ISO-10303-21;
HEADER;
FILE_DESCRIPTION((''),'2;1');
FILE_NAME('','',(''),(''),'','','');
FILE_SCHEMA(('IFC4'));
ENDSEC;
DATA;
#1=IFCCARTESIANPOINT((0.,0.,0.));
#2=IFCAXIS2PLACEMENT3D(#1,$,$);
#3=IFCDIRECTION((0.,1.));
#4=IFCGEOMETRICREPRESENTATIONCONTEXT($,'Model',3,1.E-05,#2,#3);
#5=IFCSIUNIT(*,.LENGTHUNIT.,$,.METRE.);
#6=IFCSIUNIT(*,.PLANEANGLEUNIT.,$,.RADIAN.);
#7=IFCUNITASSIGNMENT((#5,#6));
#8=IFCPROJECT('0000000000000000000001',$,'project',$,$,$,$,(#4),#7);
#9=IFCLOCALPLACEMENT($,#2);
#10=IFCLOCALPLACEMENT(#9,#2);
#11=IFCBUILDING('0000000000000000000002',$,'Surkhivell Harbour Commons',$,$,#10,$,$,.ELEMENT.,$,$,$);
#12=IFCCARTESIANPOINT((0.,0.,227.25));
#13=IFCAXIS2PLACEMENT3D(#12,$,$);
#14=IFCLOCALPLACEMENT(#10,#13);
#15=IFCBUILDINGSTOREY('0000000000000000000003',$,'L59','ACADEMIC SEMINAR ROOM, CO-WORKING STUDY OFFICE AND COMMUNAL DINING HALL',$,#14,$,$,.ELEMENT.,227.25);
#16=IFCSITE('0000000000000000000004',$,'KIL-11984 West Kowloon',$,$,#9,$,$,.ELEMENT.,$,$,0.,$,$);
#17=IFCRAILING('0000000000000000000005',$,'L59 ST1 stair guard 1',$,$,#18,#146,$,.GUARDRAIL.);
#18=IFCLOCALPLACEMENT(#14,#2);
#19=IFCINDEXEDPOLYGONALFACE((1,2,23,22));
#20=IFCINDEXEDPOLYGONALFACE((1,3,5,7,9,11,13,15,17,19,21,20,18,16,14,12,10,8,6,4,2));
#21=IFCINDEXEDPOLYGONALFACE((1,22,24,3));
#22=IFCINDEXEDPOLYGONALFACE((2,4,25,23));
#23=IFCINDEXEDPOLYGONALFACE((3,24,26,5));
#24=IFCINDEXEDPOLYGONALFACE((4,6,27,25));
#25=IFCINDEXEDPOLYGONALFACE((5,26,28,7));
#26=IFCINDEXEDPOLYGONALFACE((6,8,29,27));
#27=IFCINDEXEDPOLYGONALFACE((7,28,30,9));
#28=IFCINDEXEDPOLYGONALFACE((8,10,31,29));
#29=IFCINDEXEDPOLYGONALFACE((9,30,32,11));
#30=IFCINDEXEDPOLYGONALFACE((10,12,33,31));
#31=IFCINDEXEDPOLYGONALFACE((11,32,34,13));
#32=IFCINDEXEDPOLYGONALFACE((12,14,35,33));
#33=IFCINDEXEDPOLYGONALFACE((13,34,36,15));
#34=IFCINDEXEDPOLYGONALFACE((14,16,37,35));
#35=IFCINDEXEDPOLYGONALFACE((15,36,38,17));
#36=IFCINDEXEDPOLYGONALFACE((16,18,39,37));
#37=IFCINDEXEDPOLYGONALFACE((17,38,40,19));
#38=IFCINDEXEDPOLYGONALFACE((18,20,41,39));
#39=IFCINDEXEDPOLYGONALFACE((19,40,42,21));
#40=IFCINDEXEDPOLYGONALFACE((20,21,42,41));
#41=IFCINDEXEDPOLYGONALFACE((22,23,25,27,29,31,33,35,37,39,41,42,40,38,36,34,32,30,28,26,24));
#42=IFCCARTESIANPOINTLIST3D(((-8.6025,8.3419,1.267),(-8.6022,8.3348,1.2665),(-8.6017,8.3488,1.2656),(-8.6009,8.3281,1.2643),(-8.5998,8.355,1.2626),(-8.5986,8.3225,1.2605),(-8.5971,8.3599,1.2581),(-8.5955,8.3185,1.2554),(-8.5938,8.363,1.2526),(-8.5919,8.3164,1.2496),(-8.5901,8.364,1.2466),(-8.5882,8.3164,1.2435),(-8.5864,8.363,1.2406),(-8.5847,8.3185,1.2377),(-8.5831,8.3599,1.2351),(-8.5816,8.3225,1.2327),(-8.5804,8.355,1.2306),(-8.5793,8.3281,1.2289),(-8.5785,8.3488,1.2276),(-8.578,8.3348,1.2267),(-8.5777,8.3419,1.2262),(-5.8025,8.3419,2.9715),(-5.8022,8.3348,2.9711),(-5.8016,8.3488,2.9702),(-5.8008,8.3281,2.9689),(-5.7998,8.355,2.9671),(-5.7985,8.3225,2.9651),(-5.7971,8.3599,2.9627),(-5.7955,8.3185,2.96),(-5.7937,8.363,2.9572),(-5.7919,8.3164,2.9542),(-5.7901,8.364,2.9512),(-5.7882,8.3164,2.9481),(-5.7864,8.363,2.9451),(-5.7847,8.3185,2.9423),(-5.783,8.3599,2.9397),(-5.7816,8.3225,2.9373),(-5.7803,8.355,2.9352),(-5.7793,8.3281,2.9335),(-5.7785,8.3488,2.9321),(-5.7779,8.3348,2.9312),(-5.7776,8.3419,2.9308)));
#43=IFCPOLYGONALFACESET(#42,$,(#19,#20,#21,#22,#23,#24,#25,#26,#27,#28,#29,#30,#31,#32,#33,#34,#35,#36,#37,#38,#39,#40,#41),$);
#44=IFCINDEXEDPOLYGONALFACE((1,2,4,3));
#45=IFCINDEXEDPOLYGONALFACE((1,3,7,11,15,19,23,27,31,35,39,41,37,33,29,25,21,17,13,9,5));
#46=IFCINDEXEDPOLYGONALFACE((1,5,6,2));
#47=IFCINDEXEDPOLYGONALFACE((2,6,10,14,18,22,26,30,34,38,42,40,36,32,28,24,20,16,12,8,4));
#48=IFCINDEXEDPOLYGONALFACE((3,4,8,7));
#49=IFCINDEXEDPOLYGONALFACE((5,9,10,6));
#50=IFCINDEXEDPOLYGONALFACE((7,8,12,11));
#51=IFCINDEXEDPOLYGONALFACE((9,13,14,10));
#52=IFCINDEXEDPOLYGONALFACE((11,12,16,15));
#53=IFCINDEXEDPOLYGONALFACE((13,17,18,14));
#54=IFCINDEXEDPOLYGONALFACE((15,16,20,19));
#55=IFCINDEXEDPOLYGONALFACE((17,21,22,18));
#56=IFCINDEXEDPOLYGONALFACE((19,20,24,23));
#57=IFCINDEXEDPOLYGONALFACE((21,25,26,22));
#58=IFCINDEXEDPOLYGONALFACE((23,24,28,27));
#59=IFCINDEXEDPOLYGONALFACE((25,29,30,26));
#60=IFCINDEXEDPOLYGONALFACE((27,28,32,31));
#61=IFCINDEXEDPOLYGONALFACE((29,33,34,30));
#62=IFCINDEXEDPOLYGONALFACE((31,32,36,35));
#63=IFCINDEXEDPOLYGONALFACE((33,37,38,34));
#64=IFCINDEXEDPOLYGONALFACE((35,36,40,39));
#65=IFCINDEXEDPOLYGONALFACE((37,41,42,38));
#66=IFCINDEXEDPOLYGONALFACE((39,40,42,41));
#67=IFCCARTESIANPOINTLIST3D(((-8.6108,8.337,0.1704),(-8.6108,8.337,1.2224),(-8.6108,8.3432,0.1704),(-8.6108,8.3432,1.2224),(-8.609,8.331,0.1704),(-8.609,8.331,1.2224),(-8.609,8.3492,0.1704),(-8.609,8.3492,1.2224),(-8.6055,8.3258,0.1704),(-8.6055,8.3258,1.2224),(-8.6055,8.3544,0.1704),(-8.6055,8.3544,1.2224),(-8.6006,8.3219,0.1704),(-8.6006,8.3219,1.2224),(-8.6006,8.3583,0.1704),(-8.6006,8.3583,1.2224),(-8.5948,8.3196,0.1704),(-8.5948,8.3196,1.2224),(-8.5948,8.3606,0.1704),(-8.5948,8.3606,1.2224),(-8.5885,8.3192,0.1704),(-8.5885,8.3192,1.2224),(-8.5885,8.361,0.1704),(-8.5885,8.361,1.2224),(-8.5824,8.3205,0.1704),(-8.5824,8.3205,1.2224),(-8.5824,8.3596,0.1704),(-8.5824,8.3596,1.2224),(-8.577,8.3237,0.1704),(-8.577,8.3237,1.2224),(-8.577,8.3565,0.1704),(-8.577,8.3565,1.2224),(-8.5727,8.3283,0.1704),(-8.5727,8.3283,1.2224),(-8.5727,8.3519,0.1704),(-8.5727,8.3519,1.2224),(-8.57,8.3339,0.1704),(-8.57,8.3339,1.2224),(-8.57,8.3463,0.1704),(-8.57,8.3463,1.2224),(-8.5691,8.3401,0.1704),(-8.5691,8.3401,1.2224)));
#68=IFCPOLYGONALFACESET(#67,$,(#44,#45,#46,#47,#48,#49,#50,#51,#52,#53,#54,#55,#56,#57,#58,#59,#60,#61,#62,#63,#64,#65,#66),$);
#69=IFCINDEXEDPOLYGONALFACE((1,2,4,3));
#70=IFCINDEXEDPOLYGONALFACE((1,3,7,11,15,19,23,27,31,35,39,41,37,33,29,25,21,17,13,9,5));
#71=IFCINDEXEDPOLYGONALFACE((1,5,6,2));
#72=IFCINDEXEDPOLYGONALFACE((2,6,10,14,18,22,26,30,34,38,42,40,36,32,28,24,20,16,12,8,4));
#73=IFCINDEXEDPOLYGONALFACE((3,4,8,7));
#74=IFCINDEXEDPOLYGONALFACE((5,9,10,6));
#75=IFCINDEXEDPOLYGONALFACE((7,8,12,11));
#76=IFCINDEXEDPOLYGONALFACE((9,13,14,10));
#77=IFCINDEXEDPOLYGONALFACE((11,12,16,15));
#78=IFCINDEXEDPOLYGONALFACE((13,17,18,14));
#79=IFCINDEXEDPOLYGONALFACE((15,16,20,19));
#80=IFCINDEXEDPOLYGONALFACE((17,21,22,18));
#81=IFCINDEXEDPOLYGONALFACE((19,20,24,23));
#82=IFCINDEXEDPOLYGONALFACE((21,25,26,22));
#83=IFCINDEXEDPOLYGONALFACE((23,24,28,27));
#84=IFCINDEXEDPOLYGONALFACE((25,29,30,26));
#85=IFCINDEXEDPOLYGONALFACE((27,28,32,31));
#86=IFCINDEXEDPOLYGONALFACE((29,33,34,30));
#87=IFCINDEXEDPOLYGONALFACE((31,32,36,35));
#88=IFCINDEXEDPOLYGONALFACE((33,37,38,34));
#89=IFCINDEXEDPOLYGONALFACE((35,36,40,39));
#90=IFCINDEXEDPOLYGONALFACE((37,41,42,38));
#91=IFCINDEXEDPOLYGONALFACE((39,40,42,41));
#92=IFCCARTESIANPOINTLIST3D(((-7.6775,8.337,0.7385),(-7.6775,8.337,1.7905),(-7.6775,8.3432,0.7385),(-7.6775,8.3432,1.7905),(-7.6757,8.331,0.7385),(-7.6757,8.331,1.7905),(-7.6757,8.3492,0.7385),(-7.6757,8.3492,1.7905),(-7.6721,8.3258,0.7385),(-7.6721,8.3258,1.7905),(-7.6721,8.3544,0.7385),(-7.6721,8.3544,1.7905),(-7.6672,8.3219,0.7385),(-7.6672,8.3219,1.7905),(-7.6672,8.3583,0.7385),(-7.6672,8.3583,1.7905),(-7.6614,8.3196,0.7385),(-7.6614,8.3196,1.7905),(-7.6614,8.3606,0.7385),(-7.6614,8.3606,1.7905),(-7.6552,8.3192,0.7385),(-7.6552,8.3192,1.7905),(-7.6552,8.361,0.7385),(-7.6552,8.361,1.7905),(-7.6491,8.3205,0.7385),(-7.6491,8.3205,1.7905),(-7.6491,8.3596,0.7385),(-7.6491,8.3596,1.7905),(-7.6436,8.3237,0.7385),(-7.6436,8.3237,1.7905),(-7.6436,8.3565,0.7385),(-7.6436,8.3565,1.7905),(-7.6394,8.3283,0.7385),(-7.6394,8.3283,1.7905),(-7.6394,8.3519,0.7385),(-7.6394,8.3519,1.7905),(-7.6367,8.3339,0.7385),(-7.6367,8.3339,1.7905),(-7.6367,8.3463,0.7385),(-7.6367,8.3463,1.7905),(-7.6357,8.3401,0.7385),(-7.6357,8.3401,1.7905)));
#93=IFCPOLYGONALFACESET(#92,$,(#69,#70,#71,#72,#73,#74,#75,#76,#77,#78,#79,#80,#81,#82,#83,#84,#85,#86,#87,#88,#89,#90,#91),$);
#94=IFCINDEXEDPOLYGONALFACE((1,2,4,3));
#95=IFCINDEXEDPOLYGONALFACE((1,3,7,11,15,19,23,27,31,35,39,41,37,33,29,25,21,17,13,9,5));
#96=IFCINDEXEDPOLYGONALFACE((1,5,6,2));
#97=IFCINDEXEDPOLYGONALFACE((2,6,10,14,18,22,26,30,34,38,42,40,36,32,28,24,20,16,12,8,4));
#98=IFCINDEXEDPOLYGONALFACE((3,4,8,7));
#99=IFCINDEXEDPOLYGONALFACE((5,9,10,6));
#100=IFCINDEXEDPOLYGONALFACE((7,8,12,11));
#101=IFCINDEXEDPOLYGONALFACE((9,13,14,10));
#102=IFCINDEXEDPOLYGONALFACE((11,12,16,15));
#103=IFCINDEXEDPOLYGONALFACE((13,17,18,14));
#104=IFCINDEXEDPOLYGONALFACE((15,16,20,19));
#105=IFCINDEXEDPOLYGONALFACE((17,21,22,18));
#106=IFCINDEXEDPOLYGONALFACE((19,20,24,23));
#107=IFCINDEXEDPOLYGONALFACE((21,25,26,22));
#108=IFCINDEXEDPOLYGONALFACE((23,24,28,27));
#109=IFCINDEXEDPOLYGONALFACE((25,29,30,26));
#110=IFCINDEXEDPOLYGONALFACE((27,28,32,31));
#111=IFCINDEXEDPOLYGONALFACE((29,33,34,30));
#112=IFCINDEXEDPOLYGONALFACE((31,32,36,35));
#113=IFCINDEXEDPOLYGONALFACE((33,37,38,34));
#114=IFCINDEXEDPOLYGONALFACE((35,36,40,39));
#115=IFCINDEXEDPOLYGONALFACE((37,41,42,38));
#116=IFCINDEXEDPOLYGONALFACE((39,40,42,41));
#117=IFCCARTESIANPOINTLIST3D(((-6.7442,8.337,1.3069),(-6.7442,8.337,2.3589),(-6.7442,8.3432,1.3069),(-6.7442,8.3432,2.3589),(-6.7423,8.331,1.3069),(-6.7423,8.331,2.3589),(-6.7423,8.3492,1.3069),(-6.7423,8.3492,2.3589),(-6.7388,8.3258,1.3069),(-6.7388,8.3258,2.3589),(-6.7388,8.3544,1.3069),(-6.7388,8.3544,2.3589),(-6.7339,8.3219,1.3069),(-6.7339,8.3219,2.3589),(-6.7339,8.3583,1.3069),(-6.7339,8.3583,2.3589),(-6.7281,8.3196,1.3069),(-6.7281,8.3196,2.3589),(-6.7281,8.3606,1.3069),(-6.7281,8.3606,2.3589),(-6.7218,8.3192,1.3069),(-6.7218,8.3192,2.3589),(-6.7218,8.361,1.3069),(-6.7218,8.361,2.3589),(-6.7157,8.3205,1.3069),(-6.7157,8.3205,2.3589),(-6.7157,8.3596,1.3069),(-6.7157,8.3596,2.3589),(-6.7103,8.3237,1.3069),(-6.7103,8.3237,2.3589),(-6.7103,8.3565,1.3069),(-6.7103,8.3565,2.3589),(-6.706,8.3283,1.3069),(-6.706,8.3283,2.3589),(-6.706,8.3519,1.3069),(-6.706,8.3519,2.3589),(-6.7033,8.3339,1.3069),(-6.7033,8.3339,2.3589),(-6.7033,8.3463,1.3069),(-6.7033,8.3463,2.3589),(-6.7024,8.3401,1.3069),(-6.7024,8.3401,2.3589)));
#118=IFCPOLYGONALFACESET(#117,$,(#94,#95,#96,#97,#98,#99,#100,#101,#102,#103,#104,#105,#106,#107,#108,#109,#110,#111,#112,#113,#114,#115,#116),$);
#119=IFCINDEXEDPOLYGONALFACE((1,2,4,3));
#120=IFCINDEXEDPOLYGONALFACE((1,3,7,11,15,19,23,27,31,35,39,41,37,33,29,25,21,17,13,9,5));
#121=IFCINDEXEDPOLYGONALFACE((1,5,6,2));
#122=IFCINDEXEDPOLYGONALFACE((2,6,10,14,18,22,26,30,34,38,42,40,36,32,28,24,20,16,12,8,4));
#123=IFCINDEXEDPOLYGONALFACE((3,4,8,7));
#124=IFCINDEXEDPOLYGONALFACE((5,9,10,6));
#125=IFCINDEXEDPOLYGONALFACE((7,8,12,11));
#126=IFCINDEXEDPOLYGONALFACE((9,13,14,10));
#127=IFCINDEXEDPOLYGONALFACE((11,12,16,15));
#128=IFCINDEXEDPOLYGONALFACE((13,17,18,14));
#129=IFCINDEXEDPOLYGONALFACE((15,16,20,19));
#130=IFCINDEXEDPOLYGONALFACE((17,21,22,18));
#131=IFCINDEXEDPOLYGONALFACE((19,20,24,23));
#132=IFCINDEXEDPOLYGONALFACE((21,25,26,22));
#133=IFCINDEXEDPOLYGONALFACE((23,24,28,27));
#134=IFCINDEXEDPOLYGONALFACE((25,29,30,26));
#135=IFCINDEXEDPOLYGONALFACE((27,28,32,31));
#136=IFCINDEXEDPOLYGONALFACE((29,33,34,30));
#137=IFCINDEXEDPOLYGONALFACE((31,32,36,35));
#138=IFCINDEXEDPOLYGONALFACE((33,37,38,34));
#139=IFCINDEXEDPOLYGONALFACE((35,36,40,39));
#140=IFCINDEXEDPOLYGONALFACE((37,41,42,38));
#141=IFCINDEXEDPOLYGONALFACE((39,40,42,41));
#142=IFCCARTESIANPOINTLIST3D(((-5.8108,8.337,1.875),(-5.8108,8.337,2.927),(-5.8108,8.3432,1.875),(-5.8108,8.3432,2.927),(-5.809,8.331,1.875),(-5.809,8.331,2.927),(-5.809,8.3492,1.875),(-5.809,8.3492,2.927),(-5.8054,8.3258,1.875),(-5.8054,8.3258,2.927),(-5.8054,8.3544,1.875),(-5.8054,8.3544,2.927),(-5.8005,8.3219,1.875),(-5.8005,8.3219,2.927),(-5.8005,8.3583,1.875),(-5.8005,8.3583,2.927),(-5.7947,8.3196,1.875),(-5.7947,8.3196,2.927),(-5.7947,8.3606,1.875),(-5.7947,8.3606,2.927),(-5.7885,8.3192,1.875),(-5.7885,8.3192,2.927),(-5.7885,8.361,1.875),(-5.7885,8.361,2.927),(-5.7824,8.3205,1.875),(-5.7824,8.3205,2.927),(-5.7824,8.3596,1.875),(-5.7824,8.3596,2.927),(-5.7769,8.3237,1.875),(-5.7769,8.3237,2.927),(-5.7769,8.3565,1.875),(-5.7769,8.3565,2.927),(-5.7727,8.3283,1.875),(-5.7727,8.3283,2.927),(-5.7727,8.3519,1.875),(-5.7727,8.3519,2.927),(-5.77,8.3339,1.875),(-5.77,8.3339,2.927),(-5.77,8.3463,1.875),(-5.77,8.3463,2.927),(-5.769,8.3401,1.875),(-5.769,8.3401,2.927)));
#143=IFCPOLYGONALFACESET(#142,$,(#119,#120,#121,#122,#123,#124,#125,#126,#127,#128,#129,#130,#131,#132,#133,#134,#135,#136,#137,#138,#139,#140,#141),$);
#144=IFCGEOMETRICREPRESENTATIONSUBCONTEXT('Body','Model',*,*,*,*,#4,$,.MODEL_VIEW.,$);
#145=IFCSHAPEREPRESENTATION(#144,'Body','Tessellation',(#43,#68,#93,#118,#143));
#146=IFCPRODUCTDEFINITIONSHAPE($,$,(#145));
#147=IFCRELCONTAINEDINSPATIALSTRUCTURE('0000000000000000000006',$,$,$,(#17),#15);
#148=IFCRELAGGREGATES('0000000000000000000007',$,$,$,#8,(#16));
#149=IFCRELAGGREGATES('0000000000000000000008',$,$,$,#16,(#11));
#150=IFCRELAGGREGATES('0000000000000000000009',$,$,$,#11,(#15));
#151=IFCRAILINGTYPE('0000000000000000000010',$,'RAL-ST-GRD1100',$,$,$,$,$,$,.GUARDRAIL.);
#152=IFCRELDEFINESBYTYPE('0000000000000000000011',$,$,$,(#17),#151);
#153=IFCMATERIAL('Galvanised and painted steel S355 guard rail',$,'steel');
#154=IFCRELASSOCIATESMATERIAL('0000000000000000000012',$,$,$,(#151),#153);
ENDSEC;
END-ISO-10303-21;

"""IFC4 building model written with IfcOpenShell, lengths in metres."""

from ifc_helpers import new_model, si_unit, direction, frame, origin, origin_2d, place, context, subcontext, project, spatial, circle, extrude, material, type_object, element, save


model = new_model("IFC4")

# Units and contexts
model_context = context("Model", 3, precision=1e-05, world=origin(), true_north=direction((0.0, 1.0)))
body_context = subcontext(model_context, "Body", "Model", "MODEL_VIEW")
ifc_project = project(units=[si_unit("LENGTHUNIT", "METRE"), si_unit("PLANEANGLEUNIT", "RADIAN")], contexts=[model_context])

# Site, building, storey
site_placement = place(None, origin())
site = spatial("IfcSite", under=ifc_project, at=site_placement, Name="KIL-11984 West Kowloon", CompositionType="ELEMENT", RefElevation=0.0)
building_placement = place(site_placement, origin())
building = spatial("IfcBuilding", under=site, at=building_placement, Name="Surkhivell Harbour Commons", CompositionType="ELEMENT")
storey_placement = place(building_placement, frame((0.0, 0.0, 227.25)))
storey = spatial("IfcBuildingStorey", under=building, at=storey_placement, Name="L59", Description="ACADEMIC SEMINAR ROOM, CO-WORKING STUDY OFFICE AND COMMUNAL DINING HALL", CompositionType="ELEMENT", Elevation=227.25)

# Railing
ifc_material_1 = material(Name="Galvanised and painted steel S355 guard rail", Category="steel")
railing_type_1 = type_object("IfcRailingType", Name="RAL-ST-GRD1100", PredefinedType="GUARDRAIL", material=ifc_material_1)
railing_1_placement = place(storey_placement, frame((-8.5901, 8.3401, 0.1704)))
element("IfcRailing", 1, at=railing_1_placement, inside=storey, type_object=railing_type_1, Name="L59 ST1 stair guard 1", PredefinedType="GUARDRAIL", context=body_context, shape_type="SweptSolid", body=[
    extrude(circle(Radius=0.0239, at=origin_2d()), frame((0.0, 0.0, 1.0762), z_axis=(0.85417, 0.0, 0.519994), x_axis=(0.0, 1.0, 0.0)), (0.0, 0.0, 1.0), 3.2781),
    extrude(circle(Radius=0.021, at=origin_2d()), origin(), (0.0, 0.0, 1.0), 1.052),
    extrude(circle(Radius=0.021, at=origin_2d()), frame((0.9333, 0.0, 0.5681)), (0.0, 0.0, 1.0), 1.052),
    extrude(circle(Radius=0.021, at=origin_2d()), frame((1.8667, 0.0, 1.1365)), (0.0, 0.0, 1.0), 1.052),
    extrude(circle(Radius=0.021, at=origin_2d()), frame((2.8, 0.0, 1.7046)), (0.0, 0.0, 1.0), 1.052),
])

save(model, "model.ifc")
